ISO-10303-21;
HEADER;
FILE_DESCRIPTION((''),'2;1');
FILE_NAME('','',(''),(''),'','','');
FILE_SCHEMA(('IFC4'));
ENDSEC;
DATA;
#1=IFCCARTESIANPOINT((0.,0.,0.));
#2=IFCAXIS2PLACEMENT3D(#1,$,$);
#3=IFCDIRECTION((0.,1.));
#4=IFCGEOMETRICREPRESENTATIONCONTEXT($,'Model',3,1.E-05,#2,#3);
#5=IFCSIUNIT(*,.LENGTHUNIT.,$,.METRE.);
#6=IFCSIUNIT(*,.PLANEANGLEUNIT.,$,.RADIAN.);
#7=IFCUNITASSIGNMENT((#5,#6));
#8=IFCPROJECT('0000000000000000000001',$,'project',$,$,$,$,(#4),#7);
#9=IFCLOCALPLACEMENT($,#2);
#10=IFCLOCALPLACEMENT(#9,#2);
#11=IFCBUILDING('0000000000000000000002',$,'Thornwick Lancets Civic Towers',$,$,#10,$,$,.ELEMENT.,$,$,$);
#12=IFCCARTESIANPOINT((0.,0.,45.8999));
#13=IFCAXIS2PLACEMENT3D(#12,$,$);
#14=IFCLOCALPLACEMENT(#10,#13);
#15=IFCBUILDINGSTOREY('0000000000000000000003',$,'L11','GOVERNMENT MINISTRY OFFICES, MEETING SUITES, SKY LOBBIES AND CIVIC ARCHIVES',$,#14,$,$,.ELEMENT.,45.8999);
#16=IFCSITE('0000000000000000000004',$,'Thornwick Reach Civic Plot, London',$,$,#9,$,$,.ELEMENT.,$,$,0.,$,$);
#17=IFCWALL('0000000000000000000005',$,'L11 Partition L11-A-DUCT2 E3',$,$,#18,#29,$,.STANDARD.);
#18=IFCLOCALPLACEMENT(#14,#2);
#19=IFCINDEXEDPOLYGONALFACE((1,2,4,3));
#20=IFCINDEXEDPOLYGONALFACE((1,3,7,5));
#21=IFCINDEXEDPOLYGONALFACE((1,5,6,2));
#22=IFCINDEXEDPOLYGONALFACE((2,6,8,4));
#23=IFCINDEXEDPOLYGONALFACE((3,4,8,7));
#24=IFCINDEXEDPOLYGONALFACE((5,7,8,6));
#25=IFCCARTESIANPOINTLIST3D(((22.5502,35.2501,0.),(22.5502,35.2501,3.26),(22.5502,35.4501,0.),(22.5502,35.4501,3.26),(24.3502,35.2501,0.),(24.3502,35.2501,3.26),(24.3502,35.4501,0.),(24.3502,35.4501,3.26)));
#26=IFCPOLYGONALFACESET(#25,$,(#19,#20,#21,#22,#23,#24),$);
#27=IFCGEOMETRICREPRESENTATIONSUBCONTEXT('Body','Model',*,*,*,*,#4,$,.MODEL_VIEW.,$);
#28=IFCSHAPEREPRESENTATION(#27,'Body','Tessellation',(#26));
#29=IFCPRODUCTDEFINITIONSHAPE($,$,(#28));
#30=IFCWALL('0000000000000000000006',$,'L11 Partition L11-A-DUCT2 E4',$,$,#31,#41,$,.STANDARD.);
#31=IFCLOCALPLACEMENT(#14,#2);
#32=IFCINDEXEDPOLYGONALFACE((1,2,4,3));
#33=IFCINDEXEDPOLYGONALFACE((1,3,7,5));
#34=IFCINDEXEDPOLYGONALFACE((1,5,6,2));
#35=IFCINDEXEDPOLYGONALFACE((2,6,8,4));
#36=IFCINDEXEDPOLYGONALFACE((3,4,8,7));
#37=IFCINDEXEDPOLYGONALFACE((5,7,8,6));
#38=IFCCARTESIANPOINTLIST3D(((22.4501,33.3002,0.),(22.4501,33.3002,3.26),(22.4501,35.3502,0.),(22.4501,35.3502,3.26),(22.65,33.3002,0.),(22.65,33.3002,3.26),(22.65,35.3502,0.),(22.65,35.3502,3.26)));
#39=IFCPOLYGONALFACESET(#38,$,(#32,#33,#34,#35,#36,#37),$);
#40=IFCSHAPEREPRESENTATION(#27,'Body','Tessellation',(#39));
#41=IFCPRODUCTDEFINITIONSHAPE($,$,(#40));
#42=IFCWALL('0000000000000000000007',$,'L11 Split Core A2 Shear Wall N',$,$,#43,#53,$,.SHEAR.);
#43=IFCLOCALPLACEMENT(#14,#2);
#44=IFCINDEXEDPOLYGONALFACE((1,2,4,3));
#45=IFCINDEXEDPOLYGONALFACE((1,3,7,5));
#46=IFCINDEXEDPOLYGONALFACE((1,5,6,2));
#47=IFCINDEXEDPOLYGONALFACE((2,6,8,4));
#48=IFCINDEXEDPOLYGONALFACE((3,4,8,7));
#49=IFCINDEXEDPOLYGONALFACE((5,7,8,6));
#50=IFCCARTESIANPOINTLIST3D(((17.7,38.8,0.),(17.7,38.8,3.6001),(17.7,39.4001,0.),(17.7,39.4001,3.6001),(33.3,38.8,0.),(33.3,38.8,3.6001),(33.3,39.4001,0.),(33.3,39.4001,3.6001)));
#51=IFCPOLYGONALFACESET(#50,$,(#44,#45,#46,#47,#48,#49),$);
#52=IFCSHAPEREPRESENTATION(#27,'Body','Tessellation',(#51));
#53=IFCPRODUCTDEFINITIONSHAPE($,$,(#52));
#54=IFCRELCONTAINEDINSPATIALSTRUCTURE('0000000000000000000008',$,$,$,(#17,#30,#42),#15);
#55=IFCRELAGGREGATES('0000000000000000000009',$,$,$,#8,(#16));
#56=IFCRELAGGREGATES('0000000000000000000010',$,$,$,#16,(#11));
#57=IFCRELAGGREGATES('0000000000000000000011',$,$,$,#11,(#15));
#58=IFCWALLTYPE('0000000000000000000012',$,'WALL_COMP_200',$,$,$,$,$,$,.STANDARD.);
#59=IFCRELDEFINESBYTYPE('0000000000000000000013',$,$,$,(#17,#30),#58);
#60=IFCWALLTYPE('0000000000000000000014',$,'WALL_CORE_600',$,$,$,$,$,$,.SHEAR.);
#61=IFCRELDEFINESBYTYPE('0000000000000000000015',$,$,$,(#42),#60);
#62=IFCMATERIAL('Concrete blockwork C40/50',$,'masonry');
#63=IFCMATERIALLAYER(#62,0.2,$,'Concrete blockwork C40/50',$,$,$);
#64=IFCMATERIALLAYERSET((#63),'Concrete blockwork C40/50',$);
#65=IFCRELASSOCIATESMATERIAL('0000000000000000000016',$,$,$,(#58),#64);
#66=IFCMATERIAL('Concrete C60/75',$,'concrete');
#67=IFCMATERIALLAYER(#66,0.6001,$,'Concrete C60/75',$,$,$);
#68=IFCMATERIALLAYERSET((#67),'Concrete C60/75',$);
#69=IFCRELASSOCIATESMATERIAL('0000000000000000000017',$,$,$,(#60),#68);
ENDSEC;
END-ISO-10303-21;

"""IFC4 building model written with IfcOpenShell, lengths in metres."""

from ifc_helpers import new_model, si_unit, direction, frame, frame_2d, origin, place, context, subcontext, project, spatial, rectangle, extrude, material, layer, layer_set, type_object, element, save


model = new_model("IFC4")

# Units and contexts
model_context = context("Model", 3, precision=1e-05, world=origin(), true_north=direction((0.0, 1.0)))
body_context = subcontext(model_context, "Body", "Model", "MODEL_VIEW")
ifc_project = project(units=[si_unit("LENGTHUNIT", "METRE"), si_unit("PLANEANGLEUNIT", "RADIAN")], contexts=[model_context])

# Site, building, storey
site_placement = place(None, origin())
site = spatial("IfcSite", under=ifc_project, at=site_placement, Name="Thornwick Reach Civic Plot, London", CompositionType="ELEMENT", RefElevation=0.0)
building_placement = place(site_placement, origin())
building = spatial("IfcBuilding", under=site, at=building_placement, Name="Thornwick Lancets Civic Towers", CompositionType="ELEMENT")
storey_placement = place(building_placement, frame((0.0, 0.0, 45.8999)))
storey = spatial("IfcBuildingStorey", under=building, at=storey_placement, Name="L11", Description="GOVERNMENT MINISTRY OFFICES, MEETING SUITES, SKY LOBBIES AND CIVIC ARCHIVES", CompositionType="ELEMENT", Elevation=45.8999)

# Shared definitions
ifc_material_1 = material(Name="Concrete C60/75", Category="concrete")

# Shared definitions
ifc_material_2 = material(Name="Concrete blockwork C40/50", Category="masonry")
ifc_layer_1 = layer(ifc_material_2, 0.2, Name="Concrete blockwork C40/50")
ifc_layer_set_1 = layer_set([ifc_layer_1], Name="Concrete blockwork C40/50")
wall_type_1 = type_object("IfcWallType", Name="WALL_COMP_200", PredefinedType="STANDARD", material=ifc_layer_set_1)

# Walls
wall_1_placement = place(storey_placement, frame((24.3501, 35.3501, 0.0), z_axis=(0.0, 0.0, 1.0), x_axis=(-1.0, 0.0, 0.0)))
element("IfcWall", 1, at=wall_1_placement, inside=storey, type_object=wall_type_1, Name="L11 Partition L11-A-DUCT2 E3", PredefinedType="STANDARD", context=body_context, shape_type="SweptSolid", body=[
    extrude(rectangle(XDim=1.8, YDim=0.2, at=frame_2d((0.8999, 0.0))), origin(), (0.0, 0.0, 1.0), 3.26),
])
wall_2_placement = place(storey_placement, frame((22.55, 35.3501, 0.0), z_axis=(0.0, 0.0, 1.0), x_axis=(0.0, -1.0, 0.0)))
element("IfcWall", 2, at=wall_2_placement, inside=storey, type_object=wall_type_1, Name="L11 Partition L11-A-DUCT2 E4", PredefinedType="STANDARD", context=body_context, shape_type="SweptSolid", body=[
    extrude(rectangle(XDim=2.05, YDim=0.2, at=frame_2d((1.0249, 0.0))), origin(), (0.0, 0.0, 1.0), 3.26),
])
ifc_layer_2 = layer(ifc_material_1, 0.6001, Name="Concrete C60/75")
ifc_layer_set_2 = layer_set([ifc_layer_2], Name="Concrete C60/75")
wall_type_2 = type_object("IfcWallType", Name="WALL_CORE_600", PredefinedType="SHEAR", material=ifc_layer_set_2)
wall_3_placement = place(storey_placement, frame((17.7, 39.1001, 0.0), z_axis=(0.0, 0.0, 1.0), x_axis=(1.0, 0.0, 0.0)))
element("IfcWall", 3, at=wall_3_placement, inside=storey, type_object=wall_type_2, Name="L11 Split Core A2 Shear Wall N", PredefinedType="SHEAR", context=body_context, shape_type="SweptSolid", body=[
    extrude(rectangle(XDim=15.6001, YDim=0.6001, at=frame_2d((7.8, 0.0))), origin(), (0.0, 0.0, 1.0), 3.6001),
])

save(model, "model.ifc")
